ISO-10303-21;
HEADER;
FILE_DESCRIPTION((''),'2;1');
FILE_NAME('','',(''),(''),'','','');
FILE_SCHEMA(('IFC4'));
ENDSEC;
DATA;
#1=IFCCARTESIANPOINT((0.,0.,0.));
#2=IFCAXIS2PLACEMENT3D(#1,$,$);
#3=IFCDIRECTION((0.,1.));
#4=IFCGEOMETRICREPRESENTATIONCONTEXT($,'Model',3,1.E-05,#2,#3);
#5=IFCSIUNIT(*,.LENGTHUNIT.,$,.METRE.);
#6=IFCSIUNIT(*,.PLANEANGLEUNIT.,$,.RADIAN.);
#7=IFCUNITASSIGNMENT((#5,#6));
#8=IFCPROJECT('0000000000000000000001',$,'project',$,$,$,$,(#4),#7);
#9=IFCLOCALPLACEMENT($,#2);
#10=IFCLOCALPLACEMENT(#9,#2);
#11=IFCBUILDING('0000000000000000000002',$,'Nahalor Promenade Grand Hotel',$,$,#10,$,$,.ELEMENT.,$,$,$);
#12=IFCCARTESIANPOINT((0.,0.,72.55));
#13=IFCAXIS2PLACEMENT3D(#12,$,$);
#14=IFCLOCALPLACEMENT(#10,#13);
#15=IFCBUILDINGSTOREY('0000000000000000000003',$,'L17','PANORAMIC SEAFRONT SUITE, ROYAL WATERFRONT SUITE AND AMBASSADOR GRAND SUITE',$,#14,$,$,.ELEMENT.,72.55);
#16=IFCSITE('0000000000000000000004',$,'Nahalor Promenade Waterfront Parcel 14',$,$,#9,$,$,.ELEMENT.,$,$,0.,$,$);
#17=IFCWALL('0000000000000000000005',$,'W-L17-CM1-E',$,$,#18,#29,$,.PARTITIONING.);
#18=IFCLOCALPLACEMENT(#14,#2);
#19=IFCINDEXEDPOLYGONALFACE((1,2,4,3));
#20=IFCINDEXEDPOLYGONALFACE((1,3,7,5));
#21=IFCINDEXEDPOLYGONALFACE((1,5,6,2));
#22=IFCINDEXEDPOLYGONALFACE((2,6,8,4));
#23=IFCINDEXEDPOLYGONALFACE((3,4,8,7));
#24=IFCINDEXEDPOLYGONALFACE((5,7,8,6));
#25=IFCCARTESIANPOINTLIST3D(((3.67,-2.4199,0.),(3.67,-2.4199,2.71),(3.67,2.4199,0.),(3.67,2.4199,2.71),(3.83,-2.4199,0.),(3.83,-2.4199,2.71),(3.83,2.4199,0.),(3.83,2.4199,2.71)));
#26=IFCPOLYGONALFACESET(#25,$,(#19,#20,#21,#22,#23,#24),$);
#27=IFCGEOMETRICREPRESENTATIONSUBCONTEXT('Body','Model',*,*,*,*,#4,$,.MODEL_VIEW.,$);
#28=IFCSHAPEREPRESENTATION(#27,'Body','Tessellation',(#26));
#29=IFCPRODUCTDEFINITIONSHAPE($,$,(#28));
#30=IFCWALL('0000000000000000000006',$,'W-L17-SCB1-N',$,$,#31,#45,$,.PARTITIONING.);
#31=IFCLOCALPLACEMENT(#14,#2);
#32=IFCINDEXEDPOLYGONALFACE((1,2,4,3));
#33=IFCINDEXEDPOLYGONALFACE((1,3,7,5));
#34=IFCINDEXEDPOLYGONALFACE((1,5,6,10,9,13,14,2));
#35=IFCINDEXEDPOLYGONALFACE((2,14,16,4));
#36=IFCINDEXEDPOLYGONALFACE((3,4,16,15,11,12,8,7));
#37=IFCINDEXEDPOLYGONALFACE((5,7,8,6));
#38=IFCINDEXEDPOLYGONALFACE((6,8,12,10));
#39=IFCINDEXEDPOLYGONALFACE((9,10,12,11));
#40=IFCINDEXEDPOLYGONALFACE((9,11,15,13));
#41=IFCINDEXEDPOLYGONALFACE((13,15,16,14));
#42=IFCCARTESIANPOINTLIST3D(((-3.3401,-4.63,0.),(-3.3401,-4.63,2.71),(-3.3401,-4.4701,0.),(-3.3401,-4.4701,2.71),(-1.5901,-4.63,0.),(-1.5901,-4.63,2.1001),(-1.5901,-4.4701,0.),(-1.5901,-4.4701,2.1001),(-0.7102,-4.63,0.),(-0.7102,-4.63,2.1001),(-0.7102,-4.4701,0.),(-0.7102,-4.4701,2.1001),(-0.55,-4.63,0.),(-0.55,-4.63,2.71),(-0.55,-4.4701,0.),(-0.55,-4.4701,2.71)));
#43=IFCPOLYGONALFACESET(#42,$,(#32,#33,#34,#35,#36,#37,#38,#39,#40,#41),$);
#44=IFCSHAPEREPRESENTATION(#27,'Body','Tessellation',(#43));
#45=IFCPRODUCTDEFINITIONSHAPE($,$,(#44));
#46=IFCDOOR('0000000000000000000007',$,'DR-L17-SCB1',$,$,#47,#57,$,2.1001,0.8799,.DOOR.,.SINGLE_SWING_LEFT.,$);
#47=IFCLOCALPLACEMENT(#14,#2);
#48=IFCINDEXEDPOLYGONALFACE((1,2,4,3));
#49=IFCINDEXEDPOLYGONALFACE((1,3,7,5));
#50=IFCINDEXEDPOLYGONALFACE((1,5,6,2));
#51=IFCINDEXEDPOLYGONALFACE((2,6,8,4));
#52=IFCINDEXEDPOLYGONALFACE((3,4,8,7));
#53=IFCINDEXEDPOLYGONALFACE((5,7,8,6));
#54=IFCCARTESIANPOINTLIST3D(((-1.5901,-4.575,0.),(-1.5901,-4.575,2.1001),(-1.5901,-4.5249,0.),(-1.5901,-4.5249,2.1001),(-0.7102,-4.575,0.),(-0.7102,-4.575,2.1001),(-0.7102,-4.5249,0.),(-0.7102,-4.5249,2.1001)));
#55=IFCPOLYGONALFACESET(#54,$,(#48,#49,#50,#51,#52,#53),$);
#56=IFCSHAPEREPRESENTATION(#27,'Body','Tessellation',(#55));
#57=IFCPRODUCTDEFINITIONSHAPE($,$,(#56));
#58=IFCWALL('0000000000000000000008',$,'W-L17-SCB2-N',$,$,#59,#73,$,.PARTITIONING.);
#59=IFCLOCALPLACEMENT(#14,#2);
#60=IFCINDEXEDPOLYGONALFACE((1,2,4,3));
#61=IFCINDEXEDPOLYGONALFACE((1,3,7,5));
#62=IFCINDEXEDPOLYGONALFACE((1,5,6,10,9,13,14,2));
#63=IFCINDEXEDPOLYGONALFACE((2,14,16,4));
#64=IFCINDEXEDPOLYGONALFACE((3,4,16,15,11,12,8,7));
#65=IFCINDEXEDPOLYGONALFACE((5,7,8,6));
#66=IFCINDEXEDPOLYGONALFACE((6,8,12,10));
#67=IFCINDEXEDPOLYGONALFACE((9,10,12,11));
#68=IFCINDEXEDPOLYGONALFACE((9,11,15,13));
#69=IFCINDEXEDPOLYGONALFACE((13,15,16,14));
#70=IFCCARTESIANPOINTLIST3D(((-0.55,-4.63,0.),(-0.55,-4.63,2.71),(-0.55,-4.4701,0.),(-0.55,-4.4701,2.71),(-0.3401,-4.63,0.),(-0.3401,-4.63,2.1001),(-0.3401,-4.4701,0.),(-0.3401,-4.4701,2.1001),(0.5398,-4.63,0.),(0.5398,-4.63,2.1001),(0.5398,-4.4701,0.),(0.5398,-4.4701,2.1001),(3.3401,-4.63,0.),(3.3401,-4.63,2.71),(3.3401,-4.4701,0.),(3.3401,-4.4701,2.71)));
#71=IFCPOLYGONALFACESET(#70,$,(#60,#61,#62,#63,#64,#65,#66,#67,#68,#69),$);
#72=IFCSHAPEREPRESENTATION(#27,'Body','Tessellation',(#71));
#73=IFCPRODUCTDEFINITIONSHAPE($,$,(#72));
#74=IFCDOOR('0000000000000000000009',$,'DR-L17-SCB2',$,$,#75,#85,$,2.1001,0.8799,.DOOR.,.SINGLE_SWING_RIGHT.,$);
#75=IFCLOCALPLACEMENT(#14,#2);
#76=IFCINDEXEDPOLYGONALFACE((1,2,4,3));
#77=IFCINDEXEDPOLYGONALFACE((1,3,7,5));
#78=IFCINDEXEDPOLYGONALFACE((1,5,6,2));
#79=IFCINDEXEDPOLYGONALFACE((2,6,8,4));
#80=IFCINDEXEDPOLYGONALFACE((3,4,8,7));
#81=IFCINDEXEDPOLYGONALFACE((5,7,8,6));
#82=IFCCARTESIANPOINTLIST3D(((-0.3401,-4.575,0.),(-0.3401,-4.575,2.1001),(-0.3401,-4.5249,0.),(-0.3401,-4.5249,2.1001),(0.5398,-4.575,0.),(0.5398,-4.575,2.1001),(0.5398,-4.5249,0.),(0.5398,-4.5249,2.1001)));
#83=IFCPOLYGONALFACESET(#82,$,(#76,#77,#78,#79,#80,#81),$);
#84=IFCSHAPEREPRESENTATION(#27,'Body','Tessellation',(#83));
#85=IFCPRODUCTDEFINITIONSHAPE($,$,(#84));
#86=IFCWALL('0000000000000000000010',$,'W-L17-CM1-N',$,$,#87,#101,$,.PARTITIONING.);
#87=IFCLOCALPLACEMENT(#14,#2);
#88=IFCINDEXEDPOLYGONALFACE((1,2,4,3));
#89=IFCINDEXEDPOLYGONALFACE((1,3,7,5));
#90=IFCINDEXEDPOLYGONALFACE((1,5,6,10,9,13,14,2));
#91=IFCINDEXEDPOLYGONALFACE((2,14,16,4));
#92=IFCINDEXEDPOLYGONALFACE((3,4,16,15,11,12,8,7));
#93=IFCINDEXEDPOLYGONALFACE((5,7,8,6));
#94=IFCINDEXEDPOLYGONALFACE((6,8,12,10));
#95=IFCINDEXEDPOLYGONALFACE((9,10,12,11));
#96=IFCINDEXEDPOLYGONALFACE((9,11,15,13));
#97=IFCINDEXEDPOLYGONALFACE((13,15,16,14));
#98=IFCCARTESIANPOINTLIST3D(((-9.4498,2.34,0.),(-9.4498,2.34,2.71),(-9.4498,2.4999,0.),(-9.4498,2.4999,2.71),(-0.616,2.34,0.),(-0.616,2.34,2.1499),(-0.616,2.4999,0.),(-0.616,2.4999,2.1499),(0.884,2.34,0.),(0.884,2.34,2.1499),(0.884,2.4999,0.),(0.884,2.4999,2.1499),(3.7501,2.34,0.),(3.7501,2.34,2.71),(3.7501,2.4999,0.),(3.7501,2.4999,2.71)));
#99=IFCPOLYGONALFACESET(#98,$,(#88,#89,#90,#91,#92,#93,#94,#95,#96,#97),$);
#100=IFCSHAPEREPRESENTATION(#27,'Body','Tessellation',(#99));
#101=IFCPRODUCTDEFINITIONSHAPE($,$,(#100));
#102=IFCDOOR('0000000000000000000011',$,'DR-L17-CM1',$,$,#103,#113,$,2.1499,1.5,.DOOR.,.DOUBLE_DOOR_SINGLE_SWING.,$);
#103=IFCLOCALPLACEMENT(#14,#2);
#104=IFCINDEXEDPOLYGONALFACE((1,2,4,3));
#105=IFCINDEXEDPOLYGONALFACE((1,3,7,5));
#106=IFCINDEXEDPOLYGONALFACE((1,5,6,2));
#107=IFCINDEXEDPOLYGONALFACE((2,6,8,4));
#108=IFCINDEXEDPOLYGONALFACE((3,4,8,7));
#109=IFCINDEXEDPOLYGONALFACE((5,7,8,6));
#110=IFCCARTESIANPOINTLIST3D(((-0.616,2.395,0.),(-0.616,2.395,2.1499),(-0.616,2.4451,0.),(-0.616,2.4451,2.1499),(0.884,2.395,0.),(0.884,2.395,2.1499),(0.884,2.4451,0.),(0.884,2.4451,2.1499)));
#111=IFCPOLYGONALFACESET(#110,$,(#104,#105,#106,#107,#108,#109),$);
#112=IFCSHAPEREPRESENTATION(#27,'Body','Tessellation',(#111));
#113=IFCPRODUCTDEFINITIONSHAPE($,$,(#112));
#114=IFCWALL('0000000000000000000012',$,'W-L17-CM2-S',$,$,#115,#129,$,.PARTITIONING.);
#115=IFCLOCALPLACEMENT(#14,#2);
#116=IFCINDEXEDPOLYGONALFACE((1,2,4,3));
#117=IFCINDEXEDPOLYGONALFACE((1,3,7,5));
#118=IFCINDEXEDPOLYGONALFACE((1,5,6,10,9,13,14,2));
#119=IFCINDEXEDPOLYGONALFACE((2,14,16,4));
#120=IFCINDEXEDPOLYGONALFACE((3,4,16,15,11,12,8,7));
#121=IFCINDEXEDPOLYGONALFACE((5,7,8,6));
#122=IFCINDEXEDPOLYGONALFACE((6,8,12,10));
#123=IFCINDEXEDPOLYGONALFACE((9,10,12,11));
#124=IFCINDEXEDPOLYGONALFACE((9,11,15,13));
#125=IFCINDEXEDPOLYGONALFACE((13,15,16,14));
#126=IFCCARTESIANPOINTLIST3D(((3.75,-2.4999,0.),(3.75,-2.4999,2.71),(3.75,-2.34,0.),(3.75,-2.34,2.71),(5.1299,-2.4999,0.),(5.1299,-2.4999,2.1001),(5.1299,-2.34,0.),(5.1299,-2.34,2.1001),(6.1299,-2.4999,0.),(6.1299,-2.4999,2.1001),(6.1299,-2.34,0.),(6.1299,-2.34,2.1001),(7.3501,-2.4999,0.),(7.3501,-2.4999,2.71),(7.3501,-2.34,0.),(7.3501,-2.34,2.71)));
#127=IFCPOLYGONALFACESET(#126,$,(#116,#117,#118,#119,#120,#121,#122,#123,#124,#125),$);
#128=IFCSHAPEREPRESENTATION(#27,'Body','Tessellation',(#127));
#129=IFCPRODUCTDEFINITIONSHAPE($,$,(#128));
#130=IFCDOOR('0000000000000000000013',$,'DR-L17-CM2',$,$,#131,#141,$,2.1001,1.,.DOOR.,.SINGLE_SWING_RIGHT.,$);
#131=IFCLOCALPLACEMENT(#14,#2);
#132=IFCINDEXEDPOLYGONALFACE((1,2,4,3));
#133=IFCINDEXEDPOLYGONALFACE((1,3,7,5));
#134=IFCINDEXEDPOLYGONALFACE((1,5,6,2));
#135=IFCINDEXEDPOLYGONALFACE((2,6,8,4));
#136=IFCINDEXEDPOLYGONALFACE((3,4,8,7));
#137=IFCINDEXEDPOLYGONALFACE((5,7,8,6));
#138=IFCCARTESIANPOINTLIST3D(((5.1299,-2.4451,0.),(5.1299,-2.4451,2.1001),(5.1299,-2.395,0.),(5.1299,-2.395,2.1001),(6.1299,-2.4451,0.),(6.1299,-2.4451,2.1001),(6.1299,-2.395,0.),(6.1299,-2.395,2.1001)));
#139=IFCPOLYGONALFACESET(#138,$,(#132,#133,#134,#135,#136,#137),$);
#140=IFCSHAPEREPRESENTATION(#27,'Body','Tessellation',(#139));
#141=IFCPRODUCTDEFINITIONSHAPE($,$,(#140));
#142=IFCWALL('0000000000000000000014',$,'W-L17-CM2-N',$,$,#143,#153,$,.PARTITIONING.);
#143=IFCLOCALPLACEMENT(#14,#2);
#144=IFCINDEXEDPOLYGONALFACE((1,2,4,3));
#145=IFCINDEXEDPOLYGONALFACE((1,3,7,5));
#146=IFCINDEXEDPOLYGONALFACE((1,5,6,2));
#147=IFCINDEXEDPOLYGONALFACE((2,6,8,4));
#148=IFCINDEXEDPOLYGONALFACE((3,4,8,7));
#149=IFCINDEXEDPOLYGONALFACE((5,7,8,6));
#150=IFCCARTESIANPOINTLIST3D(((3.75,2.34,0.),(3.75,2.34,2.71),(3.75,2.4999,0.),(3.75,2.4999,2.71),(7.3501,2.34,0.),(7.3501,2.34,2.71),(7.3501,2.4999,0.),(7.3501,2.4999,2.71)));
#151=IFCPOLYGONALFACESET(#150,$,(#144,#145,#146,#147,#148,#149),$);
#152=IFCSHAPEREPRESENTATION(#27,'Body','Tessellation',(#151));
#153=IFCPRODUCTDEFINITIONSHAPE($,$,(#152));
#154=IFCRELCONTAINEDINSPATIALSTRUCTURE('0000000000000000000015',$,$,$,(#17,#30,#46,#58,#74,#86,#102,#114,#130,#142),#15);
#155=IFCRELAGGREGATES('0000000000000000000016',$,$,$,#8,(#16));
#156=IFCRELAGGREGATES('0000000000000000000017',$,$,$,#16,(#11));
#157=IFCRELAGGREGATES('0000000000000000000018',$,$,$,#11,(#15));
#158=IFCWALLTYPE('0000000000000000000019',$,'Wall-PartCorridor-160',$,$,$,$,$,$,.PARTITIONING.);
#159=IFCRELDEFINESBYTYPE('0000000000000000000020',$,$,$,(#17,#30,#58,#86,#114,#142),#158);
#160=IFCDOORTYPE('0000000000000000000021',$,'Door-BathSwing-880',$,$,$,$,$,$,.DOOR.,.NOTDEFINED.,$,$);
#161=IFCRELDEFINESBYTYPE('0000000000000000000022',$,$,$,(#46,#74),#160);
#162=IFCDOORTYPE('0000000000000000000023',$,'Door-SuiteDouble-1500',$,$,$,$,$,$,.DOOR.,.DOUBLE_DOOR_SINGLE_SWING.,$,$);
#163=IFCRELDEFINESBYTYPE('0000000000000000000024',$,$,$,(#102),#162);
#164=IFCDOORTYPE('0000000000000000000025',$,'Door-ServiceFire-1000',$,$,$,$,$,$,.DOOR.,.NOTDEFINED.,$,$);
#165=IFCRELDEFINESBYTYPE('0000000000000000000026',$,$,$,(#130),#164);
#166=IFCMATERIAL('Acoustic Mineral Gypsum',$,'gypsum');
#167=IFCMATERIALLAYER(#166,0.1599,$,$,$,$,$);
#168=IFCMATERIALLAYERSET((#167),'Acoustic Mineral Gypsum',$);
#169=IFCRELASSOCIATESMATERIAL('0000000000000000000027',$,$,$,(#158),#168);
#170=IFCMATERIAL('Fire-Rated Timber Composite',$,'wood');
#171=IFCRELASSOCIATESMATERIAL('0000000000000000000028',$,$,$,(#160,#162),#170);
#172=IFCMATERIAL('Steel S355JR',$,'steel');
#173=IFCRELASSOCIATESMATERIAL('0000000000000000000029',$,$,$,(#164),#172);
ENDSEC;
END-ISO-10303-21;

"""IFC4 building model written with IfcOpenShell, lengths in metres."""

from ifc_helpers import new_model, si_unit, direction, frame, frame_2d, origin, place, context, subcontext, project, spatial, rectangle, extrude, source, transform, mapped, material, layer, layer_set, type_object, element, fill, save


model = new_model("IFC4")

# Units and contexts
model_context = context("Model", 3, precision=1e-05, world=origin(), true_north=direction((0.0, 1.0)))
body_context = subcontext(model_context, "Body", "Model", "MODEL_VIEW")
ifc_project = project(units=[si_unit("LENGTHUNIT", "METRE"), si_unit("PLANEANGLEUNIT", "RADIAN")], contexts=[model_context])

# Site, building, storey
site_placement = place(None, origin())
site = spatial("IfcSite", under=ifc_project, at=site_placement, Name="Nahalor Promenade Waterfront Parcel 14", CompositionType="ELEMENT", RefElevation=0.0)
building_placement = place(site_placement, origin())
building = spatial("IfcBuilding", under=site, at=building_placement, Name="Nahalor Promenade Grand Hotel", CompositionType="ELEMENT")
storey_placement = place(building_placement, frame((0.0, 0.0, 72.55)))
storey = spatial("IfcBuildingStorey", under=building, at=storey_placement, Name="L17", Description="PANORAMIC SEAFRONT SUITE, ROYAL WATERFRONT SUITE AND AMBASSADOR GRAND SUITE", CompositionType="ELEMENT", Elevation=72.55)

# Shared definitions
ifc_material_1 = material(Name="Steel S355JR", Category="steel")

# Wall
ifc_material_2 = material(Name="Acoustic Mineral Gypsum", Category="gypsum")
ifc_layer_1 = layer(ifc_material_2, 0.1599)
ifc_layer_set_1 = layer_set([ifc_layer_1], Name="Acoustic Mineral Gypsum")
wall_type_1 = type_object("IfcWallType", Name="Wall-PartCorridor-160", PredefinedType="PARTITIONING", material=ifc_layer_set_1)
shared_shape_1 = source(origin(), body_context, "Body", "SweptSolid", [
    extrude(rectangle(XDim=4.8398, YDim=0.1599, at=frame_2d((2.4199, 0.0))), origin(), (0.0, 0.0, 1.0), 2.71),
])
for number, where, z_axis, x_axis, name in (
    (1, (3.75, -2.4199, 0.0), (0.0, 0.0, 1.0), (0.0, 1.0, 0.0), "W-L17-CM1-E"),
):
    element("IfcWall", number, at=place(storey_placement, frame(where, z_axis=z_axis, x_axis=x_axis)), inside=storey, type_object=wall_type_1, Name=name, PredefinedType="PARTITIONING", context=body_context, shape_type="MappedRepresentation", body=[
        mapped(shared_shape_1, transform((0.0, 0.0, 0.0), scale=1.0)),
    ])

# Walls, openings, doors
shared_shape_2 = source(origin(), body_context, "Body", "SweptSolid", [
    extrude(rectangle(XDim=2.79, YDim=0.1599, at=frame_2d((1.395, 0.0))), origin(), (0.0, 0.0, 1.0), 2.71),
])
wall_1_placement = place(storey_placement, frame((-3.3401, -4.55, 0.0), z_axis=(0.0, 0.0, 1.0), x_axis=(1.0, 0.0, 0.0)))
wall_1 = element("IfcWall", 2, at=wall_1_placement, inside=storey, type_object=wall_type_1, Name="W-L17-SCB1-N", PredefinedType="PARTITIONING", context=body_context, shape_type="MappedRepresentation", body=[
    mapped(shared_shape_2, transform((0.0, 0.0, 0.0), scale=1.0)),
])
opening_1_placement = place(wall_1_placement, frame((1.75, 0.0, 0.0)))
opening_1 = element("IfcOpeningElement", 3, at=opening_1_placement, cuts=wall_1, PredefinedType="OPENING", context=body_context, shape_type="SweptSolid", body=[
    extrude(rectangle(XDim=0.8799, YDim=2.1001, at=frame_2d((0.4399, 1.05))), frame((0.0, 0.0898, 0.0), z_axis=(0.0, -1.0, 0.0), x_axis=(1.0, 0.0, 0.0)), (0.0, 0.0, 1.0), 0.1799),
])
ifc_material_3 = material(Name="Fire-Rated Timber Composite", Category="wood")
door_type_1 = type_object("IfcDoorType", Name="Door-BathSwing-880", OperationType="NOTDEFINED", PredefinedType="DOOR", material=ifc_material_3)
shared_shape_3 = source(origin(), body_context, "Body", "SweptSolid", [
    extrude(rectangle(XDim=0.8799, YDim=2.1001, at=frame_2d((0.4399, 1.05))), frame((0.0, 0.0249, 0.0), z_axis=(0.0, -1.0, 0.0), x_axis=(1.0, 0.0, 0.0)), (0.0, 0.0, 1.0), 0.05),
])
door_1_placement = place(opening_1_placement, frame((0.8799, 0.0, 0.0), z_axis=(0.0, 0.0, 1.0), x_axis=(-1.0, 0.0, 0.0)))
door_1 = element("IfcDoor", 4, at=door_1_placement, inside=storey, type_object=door_type_1, Name="DR-L17-SCB1", OperationType="SINGLE_SWING_LEFT", OverallHeight=2.1001, OverallWidth=0.8799, PredefinedType="DOOR", context=body_context, shape_type="MappedRepresentation", body=[
    mapped(shared_shape_3, transform((0.0, 0.0, 0.0), scale=1.0)),
])
fill(opening_1, door_1)
shared_shape_4 = source(origin(), body_context, "Body", "SweptSolid", [
    extrude(rectangle(XDim=3.8901, YDim=0.1599, at=frame_2d((1.9451, 0.0))), origin(), (0.0, 0.0, 1.0), 2.71),
])
wall_2_placement = place(storey_placement, frame((-0.55, -4.55, 0.0), z_axis=(0.0, 0.0, 1.0), x_axis=(1.0, 0.0, 0.0)))
wall_2 = element("IfcWall", 5, at=wall_2_placement, inside=storey, type_object=wall_type_1, Name="W-L17-SCB2-N", PredefinedType="PARTITIONING", context=body_context, shape_type="MappedRepresentation", body=[
    mapped(shared_shape_4, transform((0.0, 0.0, 0.0), scale=1.0)),
])
opening_2_placement = place(wall_2_placement, frame((0.21, 0.0, 0.0)))
opening_2 = element("IfcOpeningElement", 6, at=opening_2_placement, cuts=wall_2, PredefinedType="OPENING", context=body_context, shape_type="SweptSolid", body=[
    extrude(rectangle(XDim=0.8799, YDim=2.1001, at=frame_2d((0.4399, 1.05))), frame((0.0, 0.0898, 0.0), z_axis=(0.0, -1.0, 0.0), x_axis=(1.0, 0.0, 0.0)), (0.0, 0.0, 1.0), 0.1799),
])
door_2_placement = place(opening_2_placement, frame((0.8799, 0.0, 0.0), z_axis=(0.0, 0.0, 1.0), x_axis=(-1.0, 0.0, 0.0)))
door_2 = element("IfcDoor", 7, at=door_2_placement, inside=storey, type_object=door_type_1, Name="DR-L17-SCB2", OperationType="SINGLE_SWING_RIGHT", OverallHeight=2.1001, OverallWidth=0.8799, PredefinedType="DOOR", context=body_context, shape_type="MappedRepresentation", body=[
    mapped(shared_shape_3, transform((0.0, 0.0, 0.0), scale=1.0)),
])
fill(opening_2, door_2)
shared_shape_5 = source(origin(), body_context, "Body", "SweptSolid", [
    extrude(rectangle(XDim=13.2, YDim=0.1599, at=frame_2d((6.6001, 0.0))), origin(), (0.0, 0.0, 1.0), 2.71),
])
wall_3_placement = place(storey_placement, frame((-9.45, 2.4199, 0.0), z_axis=(0.0, 0.0, 1.0), x_axis=(1.0, 0.0, 0.0)))
wall_3 = element("IfcWall", 8, at=wall_3_placement, inside=storey, type_object=wall_type_1, Name="W-L17-CM1-N", PredefinedType="PARTITIONING", context=body_context, shape_type="MappedRepresentation", body=[
    mapped(shared_shape_5, transform((0.0, 0.0, 0.0), scale=1.0)),
])
opening_3_placement = place(wall_3_placement, frame((8.834, 0.0, 0.0)))
opening_3 = element("IfcOpeningElement", 9, at=opening_3_placement, cuts=wall_3, PredefinedType="OPENING", context=body_context, shape_type="SweptSolid", body=[
    extrude(rectangle(XDim=1.5, YDim=2.1499, at=frame_2d((0.75, 1.075))), frame((0.0, 0.0898, 0.0), z_axis=(0.0, -1.0, 0.0), x_axis=(1.0, 0.0, 0.0)), (0.0, 0.0, 1.0), 0.1799),
])
door_type_2 = type_object("IfcDoorType", Name="Door-SuiteDouble-1500", OperationType="DOUBLE_DOOR_SINGLE_SWING", PredefinedType="DOOR", material=ifc_material_3)
shared_shape_6 = source(origin(), body_context, "Body", "SweptSolid", [
    extrude(rectangle(XDim=1.5, YDim=2.1499, at=frame_2d((0.75, 1.075))), frame((0.0, 0.0249, 0.0), z_axis=(0.0, -1.0, 0.0), x_axis=(1.0, 0.0, 0.0)), (0.0, 0.0, 1.0), 0.05),
])
door_3_placement = place(opening_3_placement, frame((1.5, 0.0, 0.0), z_axis=(0.0, 0.0, 1.0), x_axis=(-1.0, 0.0, 0.0)))
door_3 = element("IfcDoor", 10, at=door_3_placement, inside=storey, type_object=door_type_2, Name="DR-L17-CM1", OperationType="DOUBLE_DOOR_SINGLE_SWING", OverallHeight=2.1499, OverallWidth=1.5, PredefinedType="DOOR", context=body_context, shape_type="MappedRepresentation", body=[
    mapped(shared_shape_6, transform((0.0, 0.0, 0.0), scale=1.0)),
])
fill(opening_3, door_3)
shared_shape_7 = source(origin(), body_context, "Body", "SweptSolid", [
    extrude(rectangle(XDim=3.6001, YDim=0.1599, at=frame_2d((1.8, 0.0))), origin(), (0.0, 0.0, 1.0), 2.71),
])
wall_4_placement = place(storey_placement, frame((3.75, -2.4199, 0.0), z_axis=(0.0, 0.0, 1.0), x_axis=(1.0, 0.0, 0.0)))
wall_4 = element("IfcWall", 11, at=wall_4_placement, inside=storey, type_object=wall_type_1, Name="W-L17-CM2-S", PredefinedType="PARTITIONING", context=body_context, shape_type="MappedRepresentation", body=[
    mapped(shared_shape_7, transform((0.0, 0.0, 0.0), scale=1.0)),
])
opening_4_placement = place(wall_4_placement, frame((1.3799, 0.0, 0.0)))
opening_4 = element("IfcOpeningElement", 12, at=opening_4_placement, cuts=wall_4, PredefinedType="OPENING", context=body_context, shape_type="SweptSolid", body=[
    extrude(rectangle(XDim=1.0, YDim=2.1001, at=frame_2d((0.5, 1.05))), frame((0.0, 0.0898, 0.0), z_axis=(0.0, -1.0, 0.0), x_axis=(1.0, 0.0, 0.0)), (0.0, 0.0, 1.0), 0.1799),
])
door_type_3 = type_object("IfcDoorType", Name="Door-ServiceFire-1000", OperationType="NOTDEFINED", PredefinedType="DOOR", material=ifc_material_1)
shared_shape_8 = source(origin(), body_context, "Body", "SweptSolid", [
    extrude(rectangle(XDim=1.0, YDim=2.1001, at=frame_2d((0.5, 1.05))), frame((0.0, 0.0249, 0.0), z_axis=(0.0, -1.0, 0.0), x_axis=(1.0, 0.0, 0.0)), (0.0, 0.0, 1.0), 0.05),
])
door_4_placement = place(opening_4_placement, origin())
door_4 = element("IfcDoor", 13, at=door_4_placement, inside=storey, type_object=door_type_3, Name="DR-L17-CM2", OperationType="SINGLE_SWING_RIGHT", OverallHeight=2.1001, OverallWidth=1.0, PredefinedType="DOOR", context=body_context, shape_type="MappedRepresentation", body=[
    mapped(shared_shape_8, transform((0.0, 0.0, 0.0), scale=1.0)),
])
fill(opening_4, door_4)

# Wall
wall_5_placement = place(storey_placement, frame((3.75, 2.4199, 0.0), z_axis=(0.0, 0.0, 1.0), x_axis=(1.0, 0.0, 0.0)))
element("IfcWall", 14, at=wall_5_placement, inside=storey, type_object=wall_type_1, Name="W-L17-CM2-N", PredefinedType="PARTITIONING", context=body_context, shape_type="MappedRepresentation", body=[
    mapped(shared_shape_7, transform((0.0, 0.0, 0.0), scale=1.0)),
])

save(model, "model.ifc")
